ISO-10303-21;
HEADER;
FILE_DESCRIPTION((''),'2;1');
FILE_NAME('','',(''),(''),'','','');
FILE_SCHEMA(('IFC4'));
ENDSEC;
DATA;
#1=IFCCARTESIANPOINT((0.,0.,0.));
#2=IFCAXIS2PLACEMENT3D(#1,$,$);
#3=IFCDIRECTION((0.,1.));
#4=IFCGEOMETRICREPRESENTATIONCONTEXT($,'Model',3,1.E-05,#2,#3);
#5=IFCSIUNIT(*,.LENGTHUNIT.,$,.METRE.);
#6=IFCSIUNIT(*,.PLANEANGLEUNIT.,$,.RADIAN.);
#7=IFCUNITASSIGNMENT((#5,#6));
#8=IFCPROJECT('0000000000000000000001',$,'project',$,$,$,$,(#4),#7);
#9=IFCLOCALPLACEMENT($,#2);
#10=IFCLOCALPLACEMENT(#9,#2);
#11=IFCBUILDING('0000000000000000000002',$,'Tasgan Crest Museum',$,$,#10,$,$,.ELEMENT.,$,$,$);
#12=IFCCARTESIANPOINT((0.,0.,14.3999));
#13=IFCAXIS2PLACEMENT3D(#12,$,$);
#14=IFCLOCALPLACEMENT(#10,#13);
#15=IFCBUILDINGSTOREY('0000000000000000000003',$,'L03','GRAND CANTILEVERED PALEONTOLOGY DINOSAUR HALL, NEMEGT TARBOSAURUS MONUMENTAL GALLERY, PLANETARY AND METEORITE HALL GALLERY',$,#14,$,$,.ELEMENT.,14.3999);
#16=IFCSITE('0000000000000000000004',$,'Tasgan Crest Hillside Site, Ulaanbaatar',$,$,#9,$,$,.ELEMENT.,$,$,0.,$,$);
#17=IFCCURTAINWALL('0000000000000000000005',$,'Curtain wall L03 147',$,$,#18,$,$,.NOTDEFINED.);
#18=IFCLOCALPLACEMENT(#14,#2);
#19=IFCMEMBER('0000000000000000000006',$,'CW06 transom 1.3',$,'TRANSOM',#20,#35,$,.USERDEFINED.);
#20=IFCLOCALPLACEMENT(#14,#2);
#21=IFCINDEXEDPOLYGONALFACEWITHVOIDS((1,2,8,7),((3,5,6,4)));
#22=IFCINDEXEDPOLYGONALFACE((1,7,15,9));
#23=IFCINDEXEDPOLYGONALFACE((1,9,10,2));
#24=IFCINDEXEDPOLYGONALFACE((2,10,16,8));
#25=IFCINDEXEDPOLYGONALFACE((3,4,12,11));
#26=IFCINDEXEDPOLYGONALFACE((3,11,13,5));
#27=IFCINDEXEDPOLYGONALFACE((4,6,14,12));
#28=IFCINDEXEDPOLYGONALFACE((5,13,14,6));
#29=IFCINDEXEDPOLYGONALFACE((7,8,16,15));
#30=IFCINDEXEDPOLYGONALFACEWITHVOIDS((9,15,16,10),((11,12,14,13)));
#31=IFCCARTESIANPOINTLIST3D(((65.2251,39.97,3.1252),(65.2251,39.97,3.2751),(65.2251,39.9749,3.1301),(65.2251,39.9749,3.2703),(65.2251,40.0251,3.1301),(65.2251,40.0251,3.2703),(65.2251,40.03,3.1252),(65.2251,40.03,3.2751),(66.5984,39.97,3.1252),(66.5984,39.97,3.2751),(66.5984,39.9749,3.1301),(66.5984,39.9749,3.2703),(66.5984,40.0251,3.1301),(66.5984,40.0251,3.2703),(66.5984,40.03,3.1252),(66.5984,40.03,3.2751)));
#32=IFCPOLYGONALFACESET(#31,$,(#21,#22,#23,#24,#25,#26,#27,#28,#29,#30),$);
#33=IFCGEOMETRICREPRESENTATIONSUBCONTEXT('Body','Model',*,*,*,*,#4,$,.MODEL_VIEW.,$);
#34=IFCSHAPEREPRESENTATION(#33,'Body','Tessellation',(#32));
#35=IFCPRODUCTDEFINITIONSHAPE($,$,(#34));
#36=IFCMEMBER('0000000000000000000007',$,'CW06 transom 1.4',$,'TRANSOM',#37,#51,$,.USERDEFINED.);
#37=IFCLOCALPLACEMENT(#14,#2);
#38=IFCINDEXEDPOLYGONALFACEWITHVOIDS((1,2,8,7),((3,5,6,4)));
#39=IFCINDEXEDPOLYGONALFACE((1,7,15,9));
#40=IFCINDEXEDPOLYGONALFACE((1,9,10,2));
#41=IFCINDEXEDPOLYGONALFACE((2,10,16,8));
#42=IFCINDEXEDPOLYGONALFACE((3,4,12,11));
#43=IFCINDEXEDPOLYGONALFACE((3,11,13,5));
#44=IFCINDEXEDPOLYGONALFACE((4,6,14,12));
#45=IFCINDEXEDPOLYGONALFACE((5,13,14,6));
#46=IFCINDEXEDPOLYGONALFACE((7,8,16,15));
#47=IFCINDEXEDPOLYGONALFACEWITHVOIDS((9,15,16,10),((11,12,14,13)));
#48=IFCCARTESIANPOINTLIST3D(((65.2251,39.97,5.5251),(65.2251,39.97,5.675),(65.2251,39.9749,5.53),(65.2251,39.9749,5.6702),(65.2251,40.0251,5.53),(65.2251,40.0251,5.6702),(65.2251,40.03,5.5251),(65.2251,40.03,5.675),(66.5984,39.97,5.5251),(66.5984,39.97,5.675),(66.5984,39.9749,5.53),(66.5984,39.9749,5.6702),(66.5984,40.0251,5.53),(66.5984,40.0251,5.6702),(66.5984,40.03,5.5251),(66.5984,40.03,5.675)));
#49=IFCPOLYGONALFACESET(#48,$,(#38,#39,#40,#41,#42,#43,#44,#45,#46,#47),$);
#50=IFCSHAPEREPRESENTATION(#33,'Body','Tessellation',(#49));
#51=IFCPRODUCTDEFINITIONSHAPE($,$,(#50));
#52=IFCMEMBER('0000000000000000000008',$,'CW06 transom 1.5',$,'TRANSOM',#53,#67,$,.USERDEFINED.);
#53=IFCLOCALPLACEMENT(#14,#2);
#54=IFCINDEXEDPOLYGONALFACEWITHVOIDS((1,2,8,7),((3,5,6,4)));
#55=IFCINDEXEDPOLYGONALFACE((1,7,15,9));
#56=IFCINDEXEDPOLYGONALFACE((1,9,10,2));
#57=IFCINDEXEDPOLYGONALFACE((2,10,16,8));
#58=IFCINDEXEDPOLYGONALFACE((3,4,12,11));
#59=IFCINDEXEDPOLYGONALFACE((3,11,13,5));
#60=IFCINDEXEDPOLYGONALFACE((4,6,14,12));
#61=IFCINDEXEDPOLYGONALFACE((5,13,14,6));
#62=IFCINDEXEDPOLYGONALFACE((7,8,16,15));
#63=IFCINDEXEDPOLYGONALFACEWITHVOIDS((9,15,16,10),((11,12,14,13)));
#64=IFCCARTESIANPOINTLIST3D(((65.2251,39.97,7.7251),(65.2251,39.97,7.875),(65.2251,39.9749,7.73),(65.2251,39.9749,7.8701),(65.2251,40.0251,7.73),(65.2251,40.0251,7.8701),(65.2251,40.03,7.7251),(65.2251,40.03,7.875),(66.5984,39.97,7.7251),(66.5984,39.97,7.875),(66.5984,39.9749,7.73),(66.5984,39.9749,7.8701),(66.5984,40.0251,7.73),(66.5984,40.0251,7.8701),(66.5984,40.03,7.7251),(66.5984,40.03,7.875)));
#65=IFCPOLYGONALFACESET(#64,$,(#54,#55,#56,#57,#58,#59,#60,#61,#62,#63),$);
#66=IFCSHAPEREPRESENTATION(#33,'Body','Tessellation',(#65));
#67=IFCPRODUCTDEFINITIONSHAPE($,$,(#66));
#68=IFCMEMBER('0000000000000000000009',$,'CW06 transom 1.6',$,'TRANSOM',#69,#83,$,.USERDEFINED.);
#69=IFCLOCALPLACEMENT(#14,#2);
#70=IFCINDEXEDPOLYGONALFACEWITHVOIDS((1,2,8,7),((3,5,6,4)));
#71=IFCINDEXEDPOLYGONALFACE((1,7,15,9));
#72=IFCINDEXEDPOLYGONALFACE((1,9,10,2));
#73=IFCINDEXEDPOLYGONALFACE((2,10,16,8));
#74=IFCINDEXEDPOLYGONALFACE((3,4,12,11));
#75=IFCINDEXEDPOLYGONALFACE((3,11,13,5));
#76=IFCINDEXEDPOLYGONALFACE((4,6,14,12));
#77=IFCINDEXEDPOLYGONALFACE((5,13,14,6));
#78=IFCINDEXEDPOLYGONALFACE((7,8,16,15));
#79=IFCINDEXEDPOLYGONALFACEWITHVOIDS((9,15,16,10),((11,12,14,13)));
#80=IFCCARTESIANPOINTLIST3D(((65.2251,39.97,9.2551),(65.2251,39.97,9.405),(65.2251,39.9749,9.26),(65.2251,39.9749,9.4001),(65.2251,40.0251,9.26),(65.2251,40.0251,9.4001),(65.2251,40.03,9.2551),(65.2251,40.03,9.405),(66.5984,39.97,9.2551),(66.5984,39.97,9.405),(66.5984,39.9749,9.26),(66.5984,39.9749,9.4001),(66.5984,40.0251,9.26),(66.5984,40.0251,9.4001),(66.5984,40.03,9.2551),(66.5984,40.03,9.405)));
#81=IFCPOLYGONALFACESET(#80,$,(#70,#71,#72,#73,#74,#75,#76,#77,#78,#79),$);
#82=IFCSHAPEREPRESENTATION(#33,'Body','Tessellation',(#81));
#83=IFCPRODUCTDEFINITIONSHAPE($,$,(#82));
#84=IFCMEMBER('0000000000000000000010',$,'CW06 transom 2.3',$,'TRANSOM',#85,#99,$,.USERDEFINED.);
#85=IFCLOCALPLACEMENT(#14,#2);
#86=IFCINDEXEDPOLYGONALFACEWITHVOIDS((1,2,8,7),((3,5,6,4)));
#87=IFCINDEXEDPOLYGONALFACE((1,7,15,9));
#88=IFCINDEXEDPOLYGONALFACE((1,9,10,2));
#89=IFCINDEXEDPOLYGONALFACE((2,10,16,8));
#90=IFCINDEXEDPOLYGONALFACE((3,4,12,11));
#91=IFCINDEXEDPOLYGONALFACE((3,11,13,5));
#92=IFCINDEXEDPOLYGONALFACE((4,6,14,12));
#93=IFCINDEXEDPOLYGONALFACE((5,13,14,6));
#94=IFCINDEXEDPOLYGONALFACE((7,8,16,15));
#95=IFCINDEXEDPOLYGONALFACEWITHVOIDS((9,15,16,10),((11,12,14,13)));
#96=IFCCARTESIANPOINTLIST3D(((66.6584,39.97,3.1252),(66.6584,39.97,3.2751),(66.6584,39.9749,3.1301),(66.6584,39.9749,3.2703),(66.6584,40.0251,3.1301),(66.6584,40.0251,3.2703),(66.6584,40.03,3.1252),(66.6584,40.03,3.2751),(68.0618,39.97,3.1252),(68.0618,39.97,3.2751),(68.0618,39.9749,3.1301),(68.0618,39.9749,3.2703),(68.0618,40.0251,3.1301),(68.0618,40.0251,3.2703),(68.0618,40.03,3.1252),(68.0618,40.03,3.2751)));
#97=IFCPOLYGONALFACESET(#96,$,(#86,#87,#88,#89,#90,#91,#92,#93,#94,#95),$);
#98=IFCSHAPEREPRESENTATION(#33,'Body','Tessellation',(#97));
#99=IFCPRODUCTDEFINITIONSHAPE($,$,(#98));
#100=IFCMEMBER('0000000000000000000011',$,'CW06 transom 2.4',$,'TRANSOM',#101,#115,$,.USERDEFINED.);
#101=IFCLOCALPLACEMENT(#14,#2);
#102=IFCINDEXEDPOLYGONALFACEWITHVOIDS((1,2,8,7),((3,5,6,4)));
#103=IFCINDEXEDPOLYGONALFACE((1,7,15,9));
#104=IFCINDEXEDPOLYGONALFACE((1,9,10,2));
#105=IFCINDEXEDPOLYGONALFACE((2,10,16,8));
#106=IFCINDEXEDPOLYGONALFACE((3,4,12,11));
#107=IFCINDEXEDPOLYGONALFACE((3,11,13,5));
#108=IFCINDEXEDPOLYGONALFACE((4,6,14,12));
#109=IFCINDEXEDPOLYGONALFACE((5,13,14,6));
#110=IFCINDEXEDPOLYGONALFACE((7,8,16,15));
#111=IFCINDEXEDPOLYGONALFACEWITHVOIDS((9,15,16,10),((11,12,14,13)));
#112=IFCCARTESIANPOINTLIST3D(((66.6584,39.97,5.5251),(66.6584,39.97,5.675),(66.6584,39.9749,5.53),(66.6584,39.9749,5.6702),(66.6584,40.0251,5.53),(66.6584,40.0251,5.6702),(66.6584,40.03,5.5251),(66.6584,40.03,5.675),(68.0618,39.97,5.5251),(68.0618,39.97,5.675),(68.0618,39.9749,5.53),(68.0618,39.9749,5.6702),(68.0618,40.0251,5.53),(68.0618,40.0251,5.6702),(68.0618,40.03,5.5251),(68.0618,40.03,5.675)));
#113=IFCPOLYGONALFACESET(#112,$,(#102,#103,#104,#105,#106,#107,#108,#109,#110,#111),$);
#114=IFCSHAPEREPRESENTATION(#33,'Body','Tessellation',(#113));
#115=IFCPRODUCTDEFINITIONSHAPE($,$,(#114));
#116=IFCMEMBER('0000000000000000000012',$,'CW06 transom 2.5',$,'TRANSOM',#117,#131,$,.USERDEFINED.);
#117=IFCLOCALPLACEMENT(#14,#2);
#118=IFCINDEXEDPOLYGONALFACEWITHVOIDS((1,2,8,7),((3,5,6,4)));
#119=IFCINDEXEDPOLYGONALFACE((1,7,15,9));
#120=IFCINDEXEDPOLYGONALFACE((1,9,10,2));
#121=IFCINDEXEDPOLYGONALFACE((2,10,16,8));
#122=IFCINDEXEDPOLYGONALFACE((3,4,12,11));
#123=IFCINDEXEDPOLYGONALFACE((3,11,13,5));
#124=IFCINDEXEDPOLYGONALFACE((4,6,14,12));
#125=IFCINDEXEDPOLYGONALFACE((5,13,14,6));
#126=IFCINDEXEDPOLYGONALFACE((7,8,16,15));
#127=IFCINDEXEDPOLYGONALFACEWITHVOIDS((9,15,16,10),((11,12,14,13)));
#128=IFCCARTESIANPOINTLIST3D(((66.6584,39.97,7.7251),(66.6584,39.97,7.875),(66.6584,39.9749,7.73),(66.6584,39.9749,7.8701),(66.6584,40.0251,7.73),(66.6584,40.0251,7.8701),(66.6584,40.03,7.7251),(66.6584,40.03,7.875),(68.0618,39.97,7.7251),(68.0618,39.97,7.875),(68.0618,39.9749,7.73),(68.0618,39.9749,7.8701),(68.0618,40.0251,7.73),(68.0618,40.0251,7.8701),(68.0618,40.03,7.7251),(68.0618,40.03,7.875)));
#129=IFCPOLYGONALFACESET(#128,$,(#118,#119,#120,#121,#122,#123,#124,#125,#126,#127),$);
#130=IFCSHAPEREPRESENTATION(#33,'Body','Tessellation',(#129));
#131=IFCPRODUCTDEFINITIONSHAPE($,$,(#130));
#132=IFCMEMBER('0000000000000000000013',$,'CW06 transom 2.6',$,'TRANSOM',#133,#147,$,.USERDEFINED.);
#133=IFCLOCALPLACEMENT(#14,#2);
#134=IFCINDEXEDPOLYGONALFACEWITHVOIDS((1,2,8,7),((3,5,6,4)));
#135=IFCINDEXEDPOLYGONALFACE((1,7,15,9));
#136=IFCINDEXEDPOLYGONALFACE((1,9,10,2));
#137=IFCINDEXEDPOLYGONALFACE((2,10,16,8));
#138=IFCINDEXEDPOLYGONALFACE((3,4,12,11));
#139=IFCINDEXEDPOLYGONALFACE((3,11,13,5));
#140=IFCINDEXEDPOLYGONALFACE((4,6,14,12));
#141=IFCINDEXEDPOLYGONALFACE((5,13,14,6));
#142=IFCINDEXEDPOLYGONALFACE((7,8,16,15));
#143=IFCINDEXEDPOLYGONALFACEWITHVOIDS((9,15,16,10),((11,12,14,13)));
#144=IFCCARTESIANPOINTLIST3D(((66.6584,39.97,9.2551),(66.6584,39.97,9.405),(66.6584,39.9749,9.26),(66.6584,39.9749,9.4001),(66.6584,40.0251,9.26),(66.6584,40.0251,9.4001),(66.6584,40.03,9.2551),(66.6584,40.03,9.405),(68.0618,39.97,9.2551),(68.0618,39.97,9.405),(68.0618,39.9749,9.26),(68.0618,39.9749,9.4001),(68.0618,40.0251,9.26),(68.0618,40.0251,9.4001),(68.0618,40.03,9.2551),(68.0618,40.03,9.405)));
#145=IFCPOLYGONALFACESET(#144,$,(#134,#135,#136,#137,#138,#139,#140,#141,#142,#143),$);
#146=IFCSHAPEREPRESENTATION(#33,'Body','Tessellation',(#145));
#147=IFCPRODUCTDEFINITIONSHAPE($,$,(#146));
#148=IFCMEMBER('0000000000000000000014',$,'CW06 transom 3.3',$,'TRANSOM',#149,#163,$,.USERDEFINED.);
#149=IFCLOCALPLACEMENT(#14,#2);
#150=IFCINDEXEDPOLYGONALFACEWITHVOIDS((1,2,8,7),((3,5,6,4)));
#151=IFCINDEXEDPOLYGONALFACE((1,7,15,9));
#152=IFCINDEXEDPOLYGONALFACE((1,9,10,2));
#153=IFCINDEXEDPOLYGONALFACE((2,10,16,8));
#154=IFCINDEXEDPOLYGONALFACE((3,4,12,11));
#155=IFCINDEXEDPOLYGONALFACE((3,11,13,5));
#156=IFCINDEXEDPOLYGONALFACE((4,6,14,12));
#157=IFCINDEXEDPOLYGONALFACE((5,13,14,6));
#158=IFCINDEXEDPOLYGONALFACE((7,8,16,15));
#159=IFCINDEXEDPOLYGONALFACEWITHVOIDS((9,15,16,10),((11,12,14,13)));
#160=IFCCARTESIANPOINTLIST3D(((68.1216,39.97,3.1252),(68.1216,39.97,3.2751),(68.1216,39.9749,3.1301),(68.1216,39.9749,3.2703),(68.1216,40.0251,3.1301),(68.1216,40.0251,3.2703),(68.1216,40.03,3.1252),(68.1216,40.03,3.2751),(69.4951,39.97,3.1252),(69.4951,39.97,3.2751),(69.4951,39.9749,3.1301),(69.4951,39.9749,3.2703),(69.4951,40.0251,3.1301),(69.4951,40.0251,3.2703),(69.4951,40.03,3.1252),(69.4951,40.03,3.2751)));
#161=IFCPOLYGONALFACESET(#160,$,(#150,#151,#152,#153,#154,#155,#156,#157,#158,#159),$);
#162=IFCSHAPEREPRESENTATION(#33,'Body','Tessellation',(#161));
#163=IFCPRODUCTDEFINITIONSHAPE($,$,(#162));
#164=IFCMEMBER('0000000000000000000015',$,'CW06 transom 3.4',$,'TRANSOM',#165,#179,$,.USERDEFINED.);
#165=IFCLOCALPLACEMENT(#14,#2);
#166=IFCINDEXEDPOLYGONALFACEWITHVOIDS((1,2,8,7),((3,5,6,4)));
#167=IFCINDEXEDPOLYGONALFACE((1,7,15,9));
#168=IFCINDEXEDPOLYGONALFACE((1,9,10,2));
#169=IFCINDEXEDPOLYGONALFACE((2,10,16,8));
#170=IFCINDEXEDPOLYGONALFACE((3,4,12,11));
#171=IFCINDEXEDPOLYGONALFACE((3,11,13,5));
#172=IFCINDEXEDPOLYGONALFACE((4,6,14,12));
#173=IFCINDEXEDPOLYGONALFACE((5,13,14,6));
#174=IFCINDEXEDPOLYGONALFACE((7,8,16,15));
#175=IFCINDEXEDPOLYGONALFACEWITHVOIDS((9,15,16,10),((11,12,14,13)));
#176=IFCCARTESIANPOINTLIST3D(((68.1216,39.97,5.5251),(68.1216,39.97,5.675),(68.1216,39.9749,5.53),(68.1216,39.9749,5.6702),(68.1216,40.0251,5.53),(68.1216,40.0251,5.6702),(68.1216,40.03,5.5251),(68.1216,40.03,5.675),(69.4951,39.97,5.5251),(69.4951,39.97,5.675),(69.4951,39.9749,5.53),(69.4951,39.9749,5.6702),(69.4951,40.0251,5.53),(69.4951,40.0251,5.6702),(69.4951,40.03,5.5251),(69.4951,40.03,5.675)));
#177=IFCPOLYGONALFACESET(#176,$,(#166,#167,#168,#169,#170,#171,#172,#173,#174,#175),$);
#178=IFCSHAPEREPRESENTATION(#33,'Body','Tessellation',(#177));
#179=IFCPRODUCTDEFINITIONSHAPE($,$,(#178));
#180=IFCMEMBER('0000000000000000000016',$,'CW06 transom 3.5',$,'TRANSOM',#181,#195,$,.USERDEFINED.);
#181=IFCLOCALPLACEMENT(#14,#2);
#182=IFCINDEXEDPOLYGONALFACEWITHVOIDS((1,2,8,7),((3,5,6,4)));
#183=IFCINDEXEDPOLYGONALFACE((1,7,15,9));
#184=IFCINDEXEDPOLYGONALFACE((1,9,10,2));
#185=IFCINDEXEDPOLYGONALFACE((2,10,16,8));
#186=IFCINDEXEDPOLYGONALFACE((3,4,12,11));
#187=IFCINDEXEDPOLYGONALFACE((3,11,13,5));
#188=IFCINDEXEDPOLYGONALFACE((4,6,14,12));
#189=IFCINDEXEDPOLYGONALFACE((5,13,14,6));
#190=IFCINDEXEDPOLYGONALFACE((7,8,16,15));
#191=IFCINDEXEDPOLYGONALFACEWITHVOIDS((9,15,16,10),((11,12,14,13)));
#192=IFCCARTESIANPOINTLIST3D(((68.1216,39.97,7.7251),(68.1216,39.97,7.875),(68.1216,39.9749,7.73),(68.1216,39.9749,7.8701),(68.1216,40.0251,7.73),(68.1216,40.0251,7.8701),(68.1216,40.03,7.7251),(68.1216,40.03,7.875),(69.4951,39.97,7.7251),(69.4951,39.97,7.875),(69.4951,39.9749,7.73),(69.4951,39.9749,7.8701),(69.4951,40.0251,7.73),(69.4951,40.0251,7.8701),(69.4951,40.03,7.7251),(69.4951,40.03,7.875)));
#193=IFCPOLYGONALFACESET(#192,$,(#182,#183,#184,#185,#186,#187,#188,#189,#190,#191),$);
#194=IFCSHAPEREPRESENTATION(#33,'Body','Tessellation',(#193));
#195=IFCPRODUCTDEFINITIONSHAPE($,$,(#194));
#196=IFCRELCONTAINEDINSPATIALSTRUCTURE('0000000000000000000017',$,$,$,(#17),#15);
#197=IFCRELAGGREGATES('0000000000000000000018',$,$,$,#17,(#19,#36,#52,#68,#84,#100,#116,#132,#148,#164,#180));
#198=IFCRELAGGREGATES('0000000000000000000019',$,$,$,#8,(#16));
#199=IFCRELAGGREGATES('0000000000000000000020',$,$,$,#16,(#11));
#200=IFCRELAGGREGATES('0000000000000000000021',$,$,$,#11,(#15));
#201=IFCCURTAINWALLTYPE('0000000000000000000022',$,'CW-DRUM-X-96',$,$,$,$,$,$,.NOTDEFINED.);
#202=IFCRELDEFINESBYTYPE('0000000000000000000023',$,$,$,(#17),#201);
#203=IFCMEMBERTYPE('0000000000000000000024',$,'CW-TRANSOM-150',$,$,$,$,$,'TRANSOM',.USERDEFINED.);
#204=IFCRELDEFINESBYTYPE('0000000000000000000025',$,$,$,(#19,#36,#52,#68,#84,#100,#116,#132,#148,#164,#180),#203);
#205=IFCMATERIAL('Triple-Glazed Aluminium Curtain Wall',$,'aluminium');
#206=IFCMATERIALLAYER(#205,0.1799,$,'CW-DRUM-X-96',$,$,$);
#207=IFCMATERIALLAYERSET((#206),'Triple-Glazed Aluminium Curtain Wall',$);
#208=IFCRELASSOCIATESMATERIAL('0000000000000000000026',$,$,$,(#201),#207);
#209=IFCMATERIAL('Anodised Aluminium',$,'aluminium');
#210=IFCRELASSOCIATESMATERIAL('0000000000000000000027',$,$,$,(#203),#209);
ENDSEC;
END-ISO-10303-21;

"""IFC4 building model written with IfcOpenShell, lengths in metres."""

from ifc_helpers import new_model, si_unit, direction, frame, origin, origin_2d, place, context, subcontext, project, spatial, hollow_rectangle, extrude, material, layer, layer_set, material_profile, profile_set, type_object, element, aggregate, save


model = new_model("IFC4")

# Units and contexts
model_context = context("Model", 3, precision=1e-05, world=origin(), true_north=direction((0.0, 1.0)))
body_context = subcontext(model_context, "Body", "Model", "MODEL_VIEW")
ifc_project = project(units=[si_unit("LENGTHUNIT", "METRE"), si_unit("PLANEANGLEUNIT", "RADIAN")], contexts=[model_context])

# Site, building, storey
site_placement = place(None, origin())
site = spatial("IfcSite", under=ifc_project, at=site_placement, Name="Tasgan Crest Hillside Site, Ulaanbaatar", CompositionType="ELEMENT", RefElevation=0.0)
building_placement = place(site_placement, origin())
building = spatial("IfcBuilding", under=site, at=building_placement, Name="Tasgan Crest Museum", CompositionType="ELEMENT")
storey_placement = place(building_placement, frame((0.0, 0.0, 14.3999)))
storey = spatial("IfcBuildingStorey", under=building, at=storey_placement, Name="L03", Description="GRAND CANTILEVERED PALEONTOLOGY DINOSAUR HALL, NEMEGT TARBOSAURUS MONUMENTAL GALLERY, PLANETARY AND METEORITE HALL GALLERY", CompositionType="ELEMENT", Elevation=14.3999)

# Curtain wall, members
ifc_material_1 = material(Name="Triple-Glazed Aluminium Curtain Wall", Category="aluminium")
ifc_layer_1 = layer(ifc_material_1, 0.1799, Name="CW-DRUM-X-96")
ifc_layer_set_1 = layer_set([ifc_layer_1], Name="Triple-Glazed Aluminium Curtain Wall")
curtain_wall_type = type_object("IfcCurtainWallType", Name="CW-DRUM-X-96", PredefinedType="NOTDEFINED", material=ifc_layer_set_1)
curtain_wall_1_placement = place(storey_placement, origin())
curtain_wall_1 = element("IfcCurtainWall", 1, at=curtain_wall_1_placement, inside=storey, type_object=curtain_wall_type, Name="Curtain wall L03 147", PredefinedType="NOTDEFINED")
ifc_material_2 = material(Name="Anodised Aluminium", Category="aluminium")
ifc_material_profile = material_profile(ifc_material_2, hollow_rectangle(XDim=0.0601, YDim=0.1499, WallThickness=0.0049, at=origin_2d()), Name="ALU TRANSOM 150x60x5")
ifc_profile_set = profile_set([ifc_material_profile], Name="Anodised Aluminium")
member_type = type_object("IfcMemberType", Name="CW-TRANSOM-150", ElementType="TRANSOM", PredefinedType="USERDEFINED", material=ifc_profile_set)
member_1_placement = place(storey_placement, frame((65.2251, 40.0, 3.2002), z_axis=(1.0, 0.0, 0.0), x_axis=(0.0, 1.0, 0.0)))
member_1 = element("IfcMember", 2, at=member_1_placement, type_object=member_type, Name="CW06 transom 1.3", ObjectType="TRANSOM", PredefinedType="USERDEFINED", context=body_context, shape_type="SweptSolid", body=[
    extrude(hollow_rectangle(XDim=0.0601, YDim=0.1499, WallThickness=0.0049, at=origin_2d()), origin(), (0.0, 0.0, 1.0), 1.3733),
])
member_2_placement = place(storey_placement, frame((65.2251, 40.0, 5.6001), z_axis=(1.0, 0.0, 0.0), x_axis=(0.0, 1.0, 0.0)))
member_2 = element("IfcMember", 3, at=member_2_placement, type_object=member_type, Name="CW06 transom 1.4", ObjectType="TRANSOM", PredefinedType="USERDEFINED", context=body_context, shape_type="SweptSolid", body=[
    extrude(hollow_rectangle(XDim=0.0601, YDim=0.1499, WallThickness=0.0049, at=origin_2d()), origin(), (0.0, 0.0, 1.0), 1.3733),
])
member_3_placement = place(storey_placement, frame((65.2251, 40.0, 7.8), z_axis=(1.0, 0.0, 0.0), x_axis=(0.0, 1.0, 0.0)))
member_3 = element("IfcMember", 4, at=member_3_placement, type_object=member_type, Name="CW06 transom 1.5", ObjectType="TRANSOM", PredefinedType="USERDEFINED", context=body_context, shape_type="SweptSolid", body=[
    extrude(hollow_rectangle(XDim=0.0601, YDim=0.1499, WallThickness=0.0049, at=origin_2d()), origin(), (0.0, 0.0, 1.0), 1.3733),
])
member_4_placement = place(storey_placement, frame((65.2251, 40.0, 9.3301), z_axis=(1.0, 0.0, 0.0), x_axis=(0.0, 1.0, 0.0)))
member_4 = element("IfcMember", 5, at=member_4_placement, type_object=member_type, Name="CW06 transom 1.6", ObjectType="TRANSOM", PredefinedType="USERDEFINED", context=body_context, shape_type="SweptSolid", body=[
    extrude(hollow_rectangle(XDim=0.0601, YDim=0.1499, WallThickness=0.0049, at=origin_2d()), origin(), (0.0, 0.0, 1.0), 1.3733),
])
member_5_placement = place(storey_placement, frame((66.6584, 40.0, 3.2002), z_axis=(1.0, 0.0, 0.0), x_axis=(0.0, 1.0, 0.0)))
member_5 = element("IfcMember", 6, at=member_5_placement, type_object=member_type, Name="CW06 transom 2.3", ObjectType="TRANSOM", PredefinedType="USERDEFINED", context=body_context, shape_type="SweptSolid", body=[
    extrude(hollow_rectangle(XDim=0.0601, YDim=0.1499, WallThickness=0.0049, at=origin_2d()), origin(), (0.0, 0.0, 1.0), 1.4033),
])
member_6_placement = place(storey_placement, frame((66.6584, 40.0, 5.6001), z_axis=(1.0, 0.0, 0.0), x_axis=(0.0, 1.0, 0.0)))
member_6 = element("IfcMember", 7, at=member_6_placement, type_object=member_type, Name="CW06 transom 2.4", ObjectType="TRANSOM", PredefinedType="USERDEFINED", context=body_context, shape_type="SweptSolid", body=[
    extrude(hollow_rectangle(XDim=0.0601, YDim=0.1499, WallThickness=0.0049, at=origin_2d()), origin(), (0.0, 0.0, 1.0), 1.4033),
])
member_7_placement = place(storey_placement, frame((66.6584, 40.0, 7.8), z_axis=(1.0, 0.0, 0.0), x_axis=(0.0, 1.0, 0.0)))
member_7 = element("IfcMember", 8, at=member_7_placement, type_object=member_type, Name="CW06 transom 2.5", ObjectType="TRANSOM", PredefinedType="USERDEFINED", context=body_context, shape_type="SweptSolid", body=[
    extrude(hollow_rectangle(XDim=0.0601, YDim=0.1499, WallThickness=0.0049, at=origin_2d()), origin(), (0.0, 0.0, 1.0), 1.4033),
])
member_8_placement = place(storey_placement, frame((66.6584, 40.0, 9.3301), z_axis=(1.0, 0.0, 0.0), x_axis=(0.0, 1.0, 0.0)))
member_8 = element("IfcMember", 9, at=member_8_placement, type_object=member_type, Name="CW06 transom 2.6", ObjectType="TRANSOM", PredefinedType="USERDEFINED", context=body_context, shape_type="SweptSolid", body=[
    extrude(hollow_rectangle(XDim=0.0601, YDim=0.1499, WallThickness=0.0049, at=origin_2d()), origin(), (0.0, 0.0, 1.0), 1.4033),
])
member_9_placement = place(storey_placement, frame((68.1216, 40.0, 3.2002), z_axis=(1.0, 0.0, 0.0), x_axis=(0.0, 1.0, 0.0)))
member_9 = element("IfcMember", 10, at=member_9_placement, type_object=member_type, Name="CW06 transom 3.3", ObjectType="TRANSOM", PredefinedType="USERDEFINED", context=body_context, shape_type="SweptSolid", body=[
    extrude(hollow_rectangle(XDim=0.0601, YDim=0.1499, WallThickness=0.0049, at=origin_2d()), origin(), (0.0, 0.0, 1.0), 1.3735),
])
member_10_placement = place(storey_placement, frame((68.1216, 40.0, 5.6001), z_axis=(1.0, 0.0, 0.0), x_axis=(0.0, 1.0, 0.0)))
member_10 = element("IfcMember", 11, at=member_10_placement, type_object=member_type, Name="CW06 transom 3.4", ObjectType="TRANSOM", PredefinedType="USERDEFINED", context=body_context, shape_type="SweptSolid", body=[
    extrude(hollow_rectangle(XDim=0.0601, YDim=0.1499, WallThickness=0.0049, at=origin_2d()), origin(), (0.0, 0.0, 1.0), 1.3735),
])
member_11_placement = place(storey_placement, frame((68.1216, 40.0, 7.8), z_axis=(1.0, 0.0, 0.0), x_axis=(0.0, 1.0, 0.0)))
member_11 = element("IfcMember", 12, at=member_11_placement, type_object=member_type, Name="CW06 transom 3.5", ObjectType="TRANSOM", PredefinedType="USERDEFINED", context=body_context, shape_type="SweptSolid", body=[
    extrude(hollow_rectangle(XDim=0.0601, YDim=0.1499, WallThickness=0.0049, at=origin_2d()), origin(), (0.0, 0.0, 1.0), 1.3735),
])

aggregate(curtain_wall_1, [member_1, member_2, member_3, member_4, member_5, member_6, member_7, member_8, member_9, member_10, member_11])

save(model, "model.ifc")
